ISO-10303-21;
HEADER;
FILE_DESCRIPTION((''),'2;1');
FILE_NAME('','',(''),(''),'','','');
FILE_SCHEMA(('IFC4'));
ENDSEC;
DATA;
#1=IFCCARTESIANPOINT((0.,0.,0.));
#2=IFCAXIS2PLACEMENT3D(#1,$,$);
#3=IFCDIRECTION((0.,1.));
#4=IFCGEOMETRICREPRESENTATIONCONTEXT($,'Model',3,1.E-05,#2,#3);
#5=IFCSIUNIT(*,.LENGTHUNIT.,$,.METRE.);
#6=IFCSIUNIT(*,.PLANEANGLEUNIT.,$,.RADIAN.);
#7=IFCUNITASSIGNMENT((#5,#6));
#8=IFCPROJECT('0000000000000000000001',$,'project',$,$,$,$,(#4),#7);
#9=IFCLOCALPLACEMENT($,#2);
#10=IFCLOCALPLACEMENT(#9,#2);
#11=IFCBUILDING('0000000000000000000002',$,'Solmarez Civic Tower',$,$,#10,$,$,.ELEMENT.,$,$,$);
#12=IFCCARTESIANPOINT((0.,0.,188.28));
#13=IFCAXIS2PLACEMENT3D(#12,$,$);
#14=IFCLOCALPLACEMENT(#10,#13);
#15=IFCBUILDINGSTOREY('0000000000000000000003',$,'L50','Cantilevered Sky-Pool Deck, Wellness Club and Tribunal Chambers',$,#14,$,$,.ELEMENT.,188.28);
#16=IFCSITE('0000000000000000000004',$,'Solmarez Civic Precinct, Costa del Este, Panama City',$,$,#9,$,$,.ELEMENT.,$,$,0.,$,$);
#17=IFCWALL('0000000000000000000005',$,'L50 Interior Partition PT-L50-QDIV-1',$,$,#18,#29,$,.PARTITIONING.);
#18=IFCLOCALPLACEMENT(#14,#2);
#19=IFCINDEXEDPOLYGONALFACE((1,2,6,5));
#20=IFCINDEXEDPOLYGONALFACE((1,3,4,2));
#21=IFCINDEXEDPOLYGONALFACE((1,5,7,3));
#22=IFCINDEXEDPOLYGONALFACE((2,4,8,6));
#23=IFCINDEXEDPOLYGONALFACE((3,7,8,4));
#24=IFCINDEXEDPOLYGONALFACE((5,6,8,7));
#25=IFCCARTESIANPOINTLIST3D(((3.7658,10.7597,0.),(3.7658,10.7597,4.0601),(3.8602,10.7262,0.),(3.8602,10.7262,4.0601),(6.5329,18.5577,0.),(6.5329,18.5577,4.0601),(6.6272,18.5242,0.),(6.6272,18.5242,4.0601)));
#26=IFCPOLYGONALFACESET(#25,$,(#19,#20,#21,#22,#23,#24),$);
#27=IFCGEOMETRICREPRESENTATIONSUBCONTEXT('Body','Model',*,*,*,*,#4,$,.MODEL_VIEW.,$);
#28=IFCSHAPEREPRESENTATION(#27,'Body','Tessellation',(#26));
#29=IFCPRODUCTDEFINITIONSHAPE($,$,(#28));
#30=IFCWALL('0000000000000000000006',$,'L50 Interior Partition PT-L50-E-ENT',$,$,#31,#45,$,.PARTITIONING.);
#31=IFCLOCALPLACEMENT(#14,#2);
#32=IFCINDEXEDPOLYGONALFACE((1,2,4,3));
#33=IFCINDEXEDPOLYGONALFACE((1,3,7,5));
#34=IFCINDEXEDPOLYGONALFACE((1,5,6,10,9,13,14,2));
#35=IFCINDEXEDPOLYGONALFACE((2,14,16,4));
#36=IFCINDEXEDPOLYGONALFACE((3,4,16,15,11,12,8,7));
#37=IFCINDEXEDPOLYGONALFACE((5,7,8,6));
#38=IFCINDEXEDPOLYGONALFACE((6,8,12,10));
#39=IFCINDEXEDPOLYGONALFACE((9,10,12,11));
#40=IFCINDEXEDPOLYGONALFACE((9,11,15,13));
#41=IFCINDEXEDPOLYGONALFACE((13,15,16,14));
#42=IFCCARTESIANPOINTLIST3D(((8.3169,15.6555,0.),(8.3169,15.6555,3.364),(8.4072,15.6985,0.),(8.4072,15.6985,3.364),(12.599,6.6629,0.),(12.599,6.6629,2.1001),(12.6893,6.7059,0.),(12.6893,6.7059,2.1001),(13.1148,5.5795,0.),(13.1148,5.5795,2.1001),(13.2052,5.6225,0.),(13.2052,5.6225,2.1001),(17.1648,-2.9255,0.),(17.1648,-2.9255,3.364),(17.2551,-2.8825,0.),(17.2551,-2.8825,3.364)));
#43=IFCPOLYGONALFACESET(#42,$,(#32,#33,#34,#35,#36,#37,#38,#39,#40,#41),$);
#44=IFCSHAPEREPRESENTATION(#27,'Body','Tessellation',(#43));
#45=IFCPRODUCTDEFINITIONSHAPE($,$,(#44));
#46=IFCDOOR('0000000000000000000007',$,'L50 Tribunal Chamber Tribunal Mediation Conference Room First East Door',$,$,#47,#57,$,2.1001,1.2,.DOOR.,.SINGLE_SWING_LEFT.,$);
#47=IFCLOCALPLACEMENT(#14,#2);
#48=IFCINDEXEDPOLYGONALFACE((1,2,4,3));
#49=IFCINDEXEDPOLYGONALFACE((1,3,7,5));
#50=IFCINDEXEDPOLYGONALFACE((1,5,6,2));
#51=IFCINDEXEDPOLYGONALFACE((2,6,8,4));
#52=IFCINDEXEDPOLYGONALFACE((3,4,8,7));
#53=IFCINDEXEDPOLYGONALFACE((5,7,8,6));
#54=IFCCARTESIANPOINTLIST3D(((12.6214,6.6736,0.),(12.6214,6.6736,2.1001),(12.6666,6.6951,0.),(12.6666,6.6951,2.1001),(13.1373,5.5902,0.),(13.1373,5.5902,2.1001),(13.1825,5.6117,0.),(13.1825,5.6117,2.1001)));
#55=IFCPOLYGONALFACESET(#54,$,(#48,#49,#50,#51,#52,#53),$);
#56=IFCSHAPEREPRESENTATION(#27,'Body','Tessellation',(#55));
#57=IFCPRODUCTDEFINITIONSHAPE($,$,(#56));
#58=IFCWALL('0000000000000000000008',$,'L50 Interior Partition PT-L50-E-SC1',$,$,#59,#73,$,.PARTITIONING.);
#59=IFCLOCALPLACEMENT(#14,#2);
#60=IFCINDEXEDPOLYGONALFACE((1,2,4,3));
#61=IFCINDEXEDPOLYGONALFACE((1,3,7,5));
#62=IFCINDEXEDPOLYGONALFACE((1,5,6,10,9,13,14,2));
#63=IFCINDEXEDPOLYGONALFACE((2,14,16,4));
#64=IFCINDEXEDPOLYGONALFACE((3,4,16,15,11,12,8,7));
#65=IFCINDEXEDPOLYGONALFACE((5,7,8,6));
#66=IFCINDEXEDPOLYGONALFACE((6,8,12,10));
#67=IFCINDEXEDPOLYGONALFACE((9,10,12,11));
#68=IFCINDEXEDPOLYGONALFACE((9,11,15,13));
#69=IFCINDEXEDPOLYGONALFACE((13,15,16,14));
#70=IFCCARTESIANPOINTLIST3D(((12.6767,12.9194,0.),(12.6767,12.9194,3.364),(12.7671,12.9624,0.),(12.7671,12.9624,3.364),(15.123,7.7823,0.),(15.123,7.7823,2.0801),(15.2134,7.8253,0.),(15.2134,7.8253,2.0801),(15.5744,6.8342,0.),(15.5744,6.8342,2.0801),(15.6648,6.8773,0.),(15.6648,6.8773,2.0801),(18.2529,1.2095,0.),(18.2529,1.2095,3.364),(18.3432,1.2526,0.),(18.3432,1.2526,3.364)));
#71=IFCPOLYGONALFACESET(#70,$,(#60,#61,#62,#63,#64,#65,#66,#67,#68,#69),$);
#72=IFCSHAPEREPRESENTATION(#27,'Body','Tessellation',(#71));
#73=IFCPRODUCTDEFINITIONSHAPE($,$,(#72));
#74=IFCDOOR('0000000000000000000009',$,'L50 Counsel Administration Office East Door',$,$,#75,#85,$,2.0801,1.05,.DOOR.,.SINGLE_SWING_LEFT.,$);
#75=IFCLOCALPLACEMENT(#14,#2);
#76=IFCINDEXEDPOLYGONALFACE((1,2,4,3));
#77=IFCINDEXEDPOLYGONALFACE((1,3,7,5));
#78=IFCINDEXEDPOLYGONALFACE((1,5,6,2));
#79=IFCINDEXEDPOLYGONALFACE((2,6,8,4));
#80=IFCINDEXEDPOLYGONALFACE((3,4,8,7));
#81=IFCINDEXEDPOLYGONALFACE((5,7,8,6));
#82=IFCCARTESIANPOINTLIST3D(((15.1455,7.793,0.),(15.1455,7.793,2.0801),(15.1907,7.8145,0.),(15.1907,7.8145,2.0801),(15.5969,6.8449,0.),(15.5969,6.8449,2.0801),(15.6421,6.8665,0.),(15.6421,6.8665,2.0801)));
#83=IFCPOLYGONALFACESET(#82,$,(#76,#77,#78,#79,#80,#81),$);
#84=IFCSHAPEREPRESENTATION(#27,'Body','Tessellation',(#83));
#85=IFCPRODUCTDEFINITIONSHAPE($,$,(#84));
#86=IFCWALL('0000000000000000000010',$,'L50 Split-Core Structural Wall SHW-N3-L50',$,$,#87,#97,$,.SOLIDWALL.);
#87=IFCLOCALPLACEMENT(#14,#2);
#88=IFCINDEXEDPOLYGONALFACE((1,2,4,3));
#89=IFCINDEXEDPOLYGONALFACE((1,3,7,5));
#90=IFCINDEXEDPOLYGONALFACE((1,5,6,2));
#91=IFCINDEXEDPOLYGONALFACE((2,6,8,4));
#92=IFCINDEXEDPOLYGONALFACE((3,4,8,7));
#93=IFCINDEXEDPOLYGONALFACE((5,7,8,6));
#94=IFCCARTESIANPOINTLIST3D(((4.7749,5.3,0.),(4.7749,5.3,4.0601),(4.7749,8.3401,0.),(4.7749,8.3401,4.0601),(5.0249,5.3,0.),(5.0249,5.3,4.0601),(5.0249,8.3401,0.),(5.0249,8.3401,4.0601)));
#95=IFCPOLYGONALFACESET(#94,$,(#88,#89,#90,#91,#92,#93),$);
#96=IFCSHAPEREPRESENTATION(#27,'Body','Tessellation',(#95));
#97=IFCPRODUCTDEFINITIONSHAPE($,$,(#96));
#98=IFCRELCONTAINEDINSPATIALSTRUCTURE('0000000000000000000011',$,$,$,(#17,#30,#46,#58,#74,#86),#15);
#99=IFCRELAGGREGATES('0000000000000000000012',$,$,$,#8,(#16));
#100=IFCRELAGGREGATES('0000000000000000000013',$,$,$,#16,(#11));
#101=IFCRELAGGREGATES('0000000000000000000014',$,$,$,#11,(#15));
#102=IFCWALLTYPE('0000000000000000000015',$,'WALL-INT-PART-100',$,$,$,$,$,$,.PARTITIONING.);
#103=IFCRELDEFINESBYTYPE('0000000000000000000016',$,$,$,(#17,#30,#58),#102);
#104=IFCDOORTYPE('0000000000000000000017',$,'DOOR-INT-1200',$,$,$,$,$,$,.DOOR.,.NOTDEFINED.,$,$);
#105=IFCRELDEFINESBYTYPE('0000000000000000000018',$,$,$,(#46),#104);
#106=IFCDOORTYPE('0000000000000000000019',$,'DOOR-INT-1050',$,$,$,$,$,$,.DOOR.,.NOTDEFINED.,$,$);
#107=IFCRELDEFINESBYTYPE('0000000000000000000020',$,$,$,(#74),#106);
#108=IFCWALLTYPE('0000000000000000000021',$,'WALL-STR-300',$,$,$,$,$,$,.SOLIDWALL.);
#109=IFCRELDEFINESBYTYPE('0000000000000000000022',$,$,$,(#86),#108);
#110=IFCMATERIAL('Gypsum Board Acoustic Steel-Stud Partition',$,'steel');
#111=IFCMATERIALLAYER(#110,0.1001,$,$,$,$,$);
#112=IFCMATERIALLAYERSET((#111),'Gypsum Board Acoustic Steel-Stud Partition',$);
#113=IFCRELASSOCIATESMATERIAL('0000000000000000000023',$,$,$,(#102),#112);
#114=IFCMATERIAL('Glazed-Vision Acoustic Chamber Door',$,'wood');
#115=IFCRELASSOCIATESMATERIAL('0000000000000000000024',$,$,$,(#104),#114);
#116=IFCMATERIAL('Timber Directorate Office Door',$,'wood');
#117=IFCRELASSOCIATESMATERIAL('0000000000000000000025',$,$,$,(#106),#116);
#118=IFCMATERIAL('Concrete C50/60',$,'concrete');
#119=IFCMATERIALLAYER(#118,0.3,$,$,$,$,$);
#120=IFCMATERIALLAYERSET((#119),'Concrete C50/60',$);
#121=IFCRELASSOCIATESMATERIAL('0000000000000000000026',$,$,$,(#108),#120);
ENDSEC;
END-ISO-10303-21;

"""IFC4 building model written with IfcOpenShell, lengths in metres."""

from ifc_helpers import new_model, si_unit, direction, frame, frame_2d, origin, place, context, subcontext, project, spatial, rectangle, extrude, material, layer, layer_set, type_object, element, fill, save


model = new_model("IFC4")

# Units and contexts
model_context = context("Model", 3, precision=1e-05, world=origin(), true_north=direction((0.0, 1.0)))
body_context = subcontext(model_context, "Body", "Model", "MODEL_VIEW")
ifc_project = project(units=[si_unit("LENGTHUNIT", "METRE"), si_unit("PLANEANGLEUNIT", "RADIAN")], contexts=[model_context])

# Site, building, storey
site_placement = place(None, origin())
site = spatial("IfcSite", under=ifc_project, at=site_placement, Name="Solmarez Civic Precinct, Costa del Este, Panama City", CompositionType="ELEMENT", RefElevation=0.0)
building_placement = place(site_placement, origin())
building = spatial("IfcBuilding", under=site, at=building_placement, Name="Solmarez Civic Tower", CompositionType="ELEMENT")
storey_placement = place(building_placement, frame((0.0, 0.0, 188.28)))
storey = spatial("IfcBuildingStorey", under=building, at=storey_placement, Name="L50", Description="Cantilevered Sky-Pool Deck, Wellness Club and Tribunal Chambers", CompositionType="ELEMENT", Elevation=188.28)

# Shared definitions
ifc_material_1 = material(Name="Concrete C50/60", Category="concrete")

# Wall
ifc_material_2 = material(Name="Gypsum Board Acoustic Steel-Stud Partition", Category="steel")
ifc_layer_1 = layer(ifc_material_2, 0.1001)
ifc_layer_set_1 = layer_set([ifc_layer_1], Name="Gypsum Board Acoustic Steel-Stud Partition")
wall_type_1 = type_object("IfcWallType", Name="WALL-INT-PART-100", PredefinedType="PARTITIONING", material=ifc_layer_set_1)
wall_1_placement = place(storey_placement, frame((3.813, 10.7429, 0.0), z_axis=(0.0, 0.0, 1.0), x_axis=(0.334412, 0.942427, 0.0)))
element("IfcWall", 1, at=wall_1_placement, inside=storey, type_object=wall_type_1, Name="L50 Interior Partition PT-L50-QDIV-1", PredefinedType="PARTITIONING", context=body_context, shape_type="SweptSolid", body=[
    extrude(rectangle(XDim=8.2744, YDim=0.1001, at=frame_2d((4.1372, 0.0))), origin(), (0.0, 0.0, 1.0), 4.0601),
])

# Walls, openings, doors
wall_2_placement = place(storey_placement, frame((8.3621, 15.677, 0.0), z_axis=(0.0, 0.0, 1.0), x_axis=(0.429925, -0.902865, 0.0)))
wall_2 = element("IfcWall", 2, at=wall_2_placement, inside=storey, type_object=wall_type_1, Name="L50 Interior Partition PT-L50-E-ENT", PredefinedType="PARTITIONING", context=body_context, shape_type="SweptSolid", body=[
    extrude(rectangle(XDim=20.5801, YDim=0.1001, at=frame_2d((10.29, 0.0))), origin(), (0.0, 0.0, 1.0), 3.364),
])
opening_1_placement = place(wall_2_placement, frame((9.96, 0.0, 0.0)))
opening_1 = element("IfcOpeningElement", 3, at=opening_1_placement, cuts=wall_2, PredefinedType="OPENING", context=body_context, shape_type="SweptSolid", body=[
    extrude(rectangle(XDim=1.2, YDim=2.1001, at=frame_2d((0.6001, 1.05))), frame((0.0, 0.0601, 0.0), z_axis=(0.0, -1.0, 0.0), x_axis=(1.0, 0.0, 0.0)), (0.0, 0.0, 1.0), 0.1201),
])
ifc_material_3 = material(Name="Glazed-Vision Acoustic Chamber Door", Category="wood")
door_type_1 = type_object("IfcDoorType", Name="DOOR-INT-1200", OperationType="NOTDEFINED", PredefinedType="DOOR", material=ifc_material_3)
door_1_placement = place(opening_1_placement, origin())
door_1 = element("IfcDoor", 4, at=door_1_placement, inside=storey, type_object=door_type_1, Name="L50 Tribunal Chamber Tribunal Mediation Conference Room First East Door", OperationType="SINGLE_SWING_LEFT", OverallHeight=2.1001, OverallWidth=1.2, PredefinedType="DOOR", context=body_context, shape_type="SweptSolid", body=[
    extrude(rectangle(XDim=1.2, YDim=2.1001, at=frame_2d((0.6001, 1.05))), frame((0.0, 0.0249, 0.0), z_axis=(0.0, -1.0, 0.0), x_axis=(1.0, 0.0, 0.0)), (0.0, 0.0, 1.0), 0.05),
])
fill(opening_1, door_1)
wall_3_placement = place(storey_placement, frame((12.7219, 12.9409, 0.0), z_axis=(0.0, 0.0, 1.0), x_axis=(0.429934, -0.902861, 0.0)))
wall_3 = element("IfcWall", 5, at=wall_3_placement, inside=storey, type_object=wall_type_1, Name="L50 Interior Partition PT-L50-E-SC1", PredefinedType="PARTITIONING", context=body_context, shape_type="SweptSolid", body=[
    extrude(rectangle(XDim=12.9697, YDim=0.1001, at=frame_2d((6.4849, 0.0))), origin(), (0.0, 0.0, 1.0), 3.364),
])
opening_2_placement = place(wall_3_placement, frame((5.6899, 0.0, 0.0)))
opening_2 = element("IfcOpeningElement", 6, at=opening_2_placement, cuts=wall_3, PredefinedType="OPENING", context=body_context, shape_type="SweptSolid", body=[
    extrude(rectangle(XDim=1.05, YDim=2.0801, at=frame_2d((0.5249, 1.04))), frame((0.0, 0.0601, 0.0), z_axis=(0.0, -1.0, 0.0), x_axis=(1.0, 0.0, 0.0)), (0.0, 0.0, 1.0), 0.1201),
])
ifc_material_4 = material(Name="Timber Directorate Office Door", Category="wood")
door_type_2 = type_object("IfcDoorType", Name="DOOR-INT-1050", OperationType="NOTDEFINED", PredefinedType="DOOR", material=ifc_material_4)
door_2_placement = place(opening_2_placement, origin())
door_2 = element("IfcDoor", 7, at=door_2_placement, inside=storey, type_object=door_type_2, Name="L50 Counsel Administration Office East Door", OperationType="SINGLE_SWING_LEFT", OverallHeight=2.0801, OverallWidth=1.05, PredefinedType="DOOR", context=body_context, shape_type="SweptSolid", body=[
    extrude(rectangle(XDim=1.05, YDim=2.0801, at=frame_2d((0.5249, 1.04))), frame((0.0, 0.0249, 0.0), z_axis=(0.0, -1.0, 0.0), x_axis=(1.0, 0.0, 0.0)), (0.0, 0.0, 1.0), 0.05),
])
fill(opening_2, door_2)

# Wall
ifc_layer_2 = layer(ifc_material_1, 0.3)
ifc_layer_set_2 = layer_set([ifc_layer_2], Name="Concrete C50/60")
wall_type_2 = type_object("IfcWallType", Name="WALL-STR-300", PredefinedType="SOLIDWALL", material=ifc_layer_set_2)
wall_4_placement = place(storey_placement, frame((4.8999, 5.3, 0.0), z_axis=(0.0, 0.0, 1.0), x_axis=(0.0, 1.0, 0.0)))
element("IfcWall", 8, at=wall_4_placement, inside=storey, type_object=wall_type_2, Name="L50 Split-Core Structural Wall SHW-N3-L50", PredefinedType="SOLIDWALL", context=body_context, shape_type="SweptSolid", body=[
    extrude(rectangle(XDim=3.04, YDim=0.25, at=frame_2d((1.52, 0.0))), origin(), (0.0, 0.0, 1.0), 4.0601),
])

save(model, "model.ifc")
